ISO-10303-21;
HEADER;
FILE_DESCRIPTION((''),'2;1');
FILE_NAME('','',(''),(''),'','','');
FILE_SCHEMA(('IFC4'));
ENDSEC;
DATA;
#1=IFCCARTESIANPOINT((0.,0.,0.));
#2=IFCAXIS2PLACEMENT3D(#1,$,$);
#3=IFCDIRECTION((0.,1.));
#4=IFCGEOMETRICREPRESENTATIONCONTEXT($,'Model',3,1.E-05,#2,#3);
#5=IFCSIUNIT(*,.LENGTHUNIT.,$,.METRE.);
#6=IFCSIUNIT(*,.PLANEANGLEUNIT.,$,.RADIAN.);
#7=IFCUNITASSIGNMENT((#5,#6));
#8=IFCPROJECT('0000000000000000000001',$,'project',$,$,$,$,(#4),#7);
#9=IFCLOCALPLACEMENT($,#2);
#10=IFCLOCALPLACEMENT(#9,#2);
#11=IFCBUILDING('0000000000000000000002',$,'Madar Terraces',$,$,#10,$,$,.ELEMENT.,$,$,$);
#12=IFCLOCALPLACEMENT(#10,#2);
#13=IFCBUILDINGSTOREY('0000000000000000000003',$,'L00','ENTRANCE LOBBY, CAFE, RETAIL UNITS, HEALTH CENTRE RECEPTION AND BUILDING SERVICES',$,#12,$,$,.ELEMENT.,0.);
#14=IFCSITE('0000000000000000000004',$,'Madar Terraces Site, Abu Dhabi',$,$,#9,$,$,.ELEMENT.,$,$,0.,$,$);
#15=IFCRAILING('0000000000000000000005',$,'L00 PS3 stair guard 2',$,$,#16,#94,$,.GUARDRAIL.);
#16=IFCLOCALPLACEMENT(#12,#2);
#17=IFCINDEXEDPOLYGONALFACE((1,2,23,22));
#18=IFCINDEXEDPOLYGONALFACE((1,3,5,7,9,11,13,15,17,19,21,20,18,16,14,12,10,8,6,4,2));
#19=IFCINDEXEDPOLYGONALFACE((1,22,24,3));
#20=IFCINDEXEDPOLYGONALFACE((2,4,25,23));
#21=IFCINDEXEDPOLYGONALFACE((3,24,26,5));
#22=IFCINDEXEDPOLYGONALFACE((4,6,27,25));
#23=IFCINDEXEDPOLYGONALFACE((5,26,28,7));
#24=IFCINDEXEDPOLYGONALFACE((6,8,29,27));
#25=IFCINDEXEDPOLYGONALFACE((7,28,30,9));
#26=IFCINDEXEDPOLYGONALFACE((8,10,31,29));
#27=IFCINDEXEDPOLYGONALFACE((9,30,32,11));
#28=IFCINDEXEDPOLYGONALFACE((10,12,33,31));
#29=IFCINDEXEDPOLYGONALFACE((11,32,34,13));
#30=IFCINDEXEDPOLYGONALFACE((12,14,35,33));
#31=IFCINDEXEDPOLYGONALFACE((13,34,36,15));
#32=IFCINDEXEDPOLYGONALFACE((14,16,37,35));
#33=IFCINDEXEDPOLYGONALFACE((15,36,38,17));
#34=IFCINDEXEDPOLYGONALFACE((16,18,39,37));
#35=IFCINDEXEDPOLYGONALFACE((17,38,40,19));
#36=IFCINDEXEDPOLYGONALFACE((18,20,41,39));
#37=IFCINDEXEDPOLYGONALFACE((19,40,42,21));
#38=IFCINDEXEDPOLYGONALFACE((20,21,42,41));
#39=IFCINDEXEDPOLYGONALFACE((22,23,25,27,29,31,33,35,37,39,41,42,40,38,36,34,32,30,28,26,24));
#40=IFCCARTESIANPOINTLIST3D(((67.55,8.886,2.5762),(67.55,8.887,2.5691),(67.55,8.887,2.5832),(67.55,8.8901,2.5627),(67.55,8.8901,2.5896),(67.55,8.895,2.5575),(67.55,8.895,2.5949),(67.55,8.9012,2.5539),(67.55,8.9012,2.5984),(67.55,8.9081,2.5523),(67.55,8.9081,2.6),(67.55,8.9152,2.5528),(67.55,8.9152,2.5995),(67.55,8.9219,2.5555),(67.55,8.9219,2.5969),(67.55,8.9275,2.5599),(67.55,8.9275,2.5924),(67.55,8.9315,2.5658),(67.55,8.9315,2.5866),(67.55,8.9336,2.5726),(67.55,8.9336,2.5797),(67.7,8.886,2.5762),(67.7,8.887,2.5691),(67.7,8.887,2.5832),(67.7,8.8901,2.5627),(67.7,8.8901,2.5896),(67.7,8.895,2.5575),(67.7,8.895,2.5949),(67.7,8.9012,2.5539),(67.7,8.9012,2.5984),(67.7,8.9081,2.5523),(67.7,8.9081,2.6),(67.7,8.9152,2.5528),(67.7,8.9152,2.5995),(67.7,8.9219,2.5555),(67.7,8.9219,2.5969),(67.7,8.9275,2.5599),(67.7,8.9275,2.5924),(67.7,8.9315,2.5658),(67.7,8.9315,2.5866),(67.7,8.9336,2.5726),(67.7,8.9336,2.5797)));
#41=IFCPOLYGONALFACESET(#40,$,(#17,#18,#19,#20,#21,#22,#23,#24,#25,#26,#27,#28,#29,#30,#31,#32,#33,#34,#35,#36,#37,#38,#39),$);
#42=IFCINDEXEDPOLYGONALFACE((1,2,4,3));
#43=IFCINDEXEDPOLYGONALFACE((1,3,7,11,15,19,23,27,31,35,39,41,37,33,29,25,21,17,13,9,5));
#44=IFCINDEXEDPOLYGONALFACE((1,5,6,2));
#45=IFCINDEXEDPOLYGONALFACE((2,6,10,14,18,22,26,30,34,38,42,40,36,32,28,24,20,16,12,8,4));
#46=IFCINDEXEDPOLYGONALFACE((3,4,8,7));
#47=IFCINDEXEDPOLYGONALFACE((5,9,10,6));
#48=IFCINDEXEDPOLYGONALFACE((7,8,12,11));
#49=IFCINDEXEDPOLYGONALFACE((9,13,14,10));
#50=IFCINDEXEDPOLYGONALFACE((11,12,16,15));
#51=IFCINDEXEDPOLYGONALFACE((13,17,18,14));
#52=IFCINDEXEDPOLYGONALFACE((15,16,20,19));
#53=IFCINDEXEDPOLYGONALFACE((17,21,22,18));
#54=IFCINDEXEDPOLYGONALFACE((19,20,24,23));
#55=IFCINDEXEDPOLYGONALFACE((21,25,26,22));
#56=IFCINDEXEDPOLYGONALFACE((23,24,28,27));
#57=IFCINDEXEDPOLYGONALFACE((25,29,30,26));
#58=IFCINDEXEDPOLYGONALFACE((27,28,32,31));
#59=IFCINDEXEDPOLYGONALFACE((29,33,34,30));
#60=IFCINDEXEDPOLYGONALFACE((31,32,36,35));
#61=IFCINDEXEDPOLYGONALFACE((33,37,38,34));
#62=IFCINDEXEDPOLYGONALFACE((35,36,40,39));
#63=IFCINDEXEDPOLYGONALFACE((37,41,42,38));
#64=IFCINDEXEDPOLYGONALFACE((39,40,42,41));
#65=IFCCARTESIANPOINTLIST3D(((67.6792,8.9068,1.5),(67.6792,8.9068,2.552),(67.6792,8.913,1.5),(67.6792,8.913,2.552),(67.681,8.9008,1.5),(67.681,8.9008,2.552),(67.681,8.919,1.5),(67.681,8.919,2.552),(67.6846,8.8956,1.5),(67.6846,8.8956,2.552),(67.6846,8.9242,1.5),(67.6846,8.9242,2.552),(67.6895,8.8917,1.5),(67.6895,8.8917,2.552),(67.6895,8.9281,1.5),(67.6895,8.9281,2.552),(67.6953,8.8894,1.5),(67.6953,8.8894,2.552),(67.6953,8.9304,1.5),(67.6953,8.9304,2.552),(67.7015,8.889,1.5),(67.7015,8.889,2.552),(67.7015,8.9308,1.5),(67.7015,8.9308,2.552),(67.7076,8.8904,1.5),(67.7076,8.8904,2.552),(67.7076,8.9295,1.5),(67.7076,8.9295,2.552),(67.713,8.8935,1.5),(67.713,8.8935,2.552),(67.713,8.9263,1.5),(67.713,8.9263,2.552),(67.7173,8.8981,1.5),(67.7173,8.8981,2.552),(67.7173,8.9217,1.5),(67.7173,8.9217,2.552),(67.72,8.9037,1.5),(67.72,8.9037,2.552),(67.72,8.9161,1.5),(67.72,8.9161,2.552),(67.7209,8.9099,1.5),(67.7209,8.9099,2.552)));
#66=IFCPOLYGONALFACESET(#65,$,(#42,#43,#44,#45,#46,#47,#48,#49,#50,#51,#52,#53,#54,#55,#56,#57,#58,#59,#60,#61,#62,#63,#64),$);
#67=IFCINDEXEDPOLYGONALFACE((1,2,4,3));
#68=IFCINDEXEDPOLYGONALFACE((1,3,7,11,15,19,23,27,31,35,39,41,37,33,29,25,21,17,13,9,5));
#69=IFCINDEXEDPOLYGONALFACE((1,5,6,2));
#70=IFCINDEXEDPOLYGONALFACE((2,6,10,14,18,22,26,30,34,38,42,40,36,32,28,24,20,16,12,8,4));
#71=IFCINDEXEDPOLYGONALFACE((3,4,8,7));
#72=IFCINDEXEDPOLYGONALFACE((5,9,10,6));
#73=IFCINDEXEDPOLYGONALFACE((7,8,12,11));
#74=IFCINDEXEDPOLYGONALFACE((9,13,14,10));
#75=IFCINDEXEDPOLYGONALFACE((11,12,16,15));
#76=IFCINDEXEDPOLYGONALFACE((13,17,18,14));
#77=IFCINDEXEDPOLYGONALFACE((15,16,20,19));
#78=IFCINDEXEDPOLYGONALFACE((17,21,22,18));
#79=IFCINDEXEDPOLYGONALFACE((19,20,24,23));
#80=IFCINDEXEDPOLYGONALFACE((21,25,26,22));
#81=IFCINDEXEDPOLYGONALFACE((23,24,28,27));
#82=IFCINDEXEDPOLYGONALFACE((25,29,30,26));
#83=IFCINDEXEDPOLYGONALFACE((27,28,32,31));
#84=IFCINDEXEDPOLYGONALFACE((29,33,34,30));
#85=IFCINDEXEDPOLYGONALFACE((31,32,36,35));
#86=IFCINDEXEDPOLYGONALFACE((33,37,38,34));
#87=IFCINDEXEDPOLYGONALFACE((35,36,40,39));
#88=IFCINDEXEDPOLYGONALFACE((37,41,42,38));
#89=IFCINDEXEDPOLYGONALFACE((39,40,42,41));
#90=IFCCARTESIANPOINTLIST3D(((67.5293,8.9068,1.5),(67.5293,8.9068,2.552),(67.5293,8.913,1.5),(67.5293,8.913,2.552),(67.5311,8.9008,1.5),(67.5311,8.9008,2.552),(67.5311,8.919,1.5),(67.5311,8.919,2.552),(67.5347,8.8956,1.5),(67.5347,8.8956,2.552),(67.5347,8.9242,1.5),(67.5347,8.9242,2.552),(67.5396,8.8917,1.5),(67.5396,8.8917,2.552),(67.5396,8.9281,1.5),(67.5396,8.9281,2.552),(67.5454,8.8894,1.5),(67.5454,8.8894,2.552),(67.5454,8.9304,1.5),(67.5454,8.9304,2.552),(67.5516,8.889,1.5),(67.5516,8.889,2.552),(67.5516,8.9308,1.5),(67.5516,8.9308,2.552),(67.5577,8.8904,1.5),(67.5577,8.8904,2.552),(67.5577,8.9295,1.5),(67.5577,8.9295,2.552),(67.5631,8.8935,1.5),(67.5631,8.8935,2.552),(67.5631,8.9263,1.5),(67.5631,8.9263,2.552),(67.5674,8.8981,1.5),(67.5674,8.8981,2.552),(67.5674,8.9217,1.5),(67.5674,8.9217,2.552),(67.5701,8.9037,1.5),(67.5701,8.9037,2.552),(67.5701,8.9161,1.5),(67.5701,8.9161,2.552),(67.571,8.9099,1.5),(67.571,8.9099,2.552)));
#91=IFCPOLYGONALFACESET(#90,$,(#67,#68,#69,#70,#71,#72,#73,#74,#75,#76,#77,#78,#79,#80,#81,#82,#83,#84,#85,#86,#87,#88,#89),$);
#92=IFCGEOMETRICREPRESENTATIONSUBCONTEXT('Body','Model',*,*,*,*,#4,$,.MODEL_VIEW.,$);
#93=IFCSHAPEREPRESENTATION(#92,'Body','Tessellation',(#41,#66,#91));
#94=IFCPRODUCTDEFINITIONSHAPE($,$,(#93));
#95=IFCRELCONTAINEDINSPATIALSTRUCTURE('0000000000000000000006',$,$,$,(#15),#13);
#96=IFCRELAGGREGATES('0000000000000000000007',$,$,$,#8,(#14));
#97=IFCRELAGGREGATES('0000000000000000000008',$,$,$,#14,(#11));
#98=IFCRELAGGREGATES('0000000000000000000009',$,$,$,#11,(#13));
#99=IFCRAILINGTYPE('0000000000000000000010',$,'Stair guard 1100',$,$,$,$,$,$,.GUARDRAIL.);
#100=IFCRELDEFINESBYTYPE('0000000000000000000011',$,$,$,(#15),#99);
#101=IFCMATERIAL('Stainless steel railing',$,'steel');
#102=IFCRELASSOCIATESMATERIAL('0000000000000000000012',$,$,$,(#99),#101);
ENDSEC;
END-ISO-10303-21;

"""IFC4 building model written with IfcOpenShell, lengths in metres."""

from ifc_helpers import new_model, si_unit, direction, frame, origin, origin_2d, place, context, subcontext, project, spatial, circle, extrude, material, type_object, element, save


model = new_model("IFC4")

# Units and contexts
model_context = context("Model", 3, precision=1e-05, world=origin(), true_north=direction((0.0, 1.0)))
body_context = subcontext(model_context, "Body", "Model", "MODEL_VIEW")
ifc_project = project(units=[si_unit("LENGTHUNIT", "METRE"), si_unit("PLANEANGLEUNIT", "RADIAN")], contexts=[model_context])

# Site, building, storey
site_placement = place(None, origin())
site = spatial("IfcSite", under=ifc_project, at=site_placement, Name="Madar Terraces Site, Abu Dhabi", CompositionType="ELEMENT", RefElevation=0.0)
building_placement = place(site_placement, origin())
building = spatial("IfcBuilding", under=site, at=building_placement, Name="Madar Terraces", CompositionType="ELEMENT")
storey_placement = place(building_placement, origin())
storey = spatial("IfcBuildingStorey", under=building, at=storey_placement, Name="L00", Description="ENTRANCE LOBBY, CAFE, RETAIL UNITS, HEALTH CENTRE RECEPTION AND BUILDING SERVICES", CompositionType="ELEMENT", Elevation=0.0)

# Railing
ifc_material_1 = material(Name="Stainless steel railing", Category="steel")
railing_type_1 = type_object("IfcRailingType", Name="Stair guard 1100", PredefinedType="GUARDRAIL", material=ifc_material_1)
railing_1_placement = place(storey_placement, frame((67.7, 8.9099, 1.5)))
element("IfcRailing", 1, at=railing_1_placement, inside=storey, type_object=railing_type_1, Name="L00 PS3 stair guard 2", PredefinedType="GUARDRAIL", context=body_context, shape_type="SweptSolid", body=[
    extrude(circle(Radius=0.0239, at=origin_2d()), frame((0.0, 0.0, 1.0762), z_axis=(-1.0, 0.0, 0.0), x_axis=(0.0, -1.0, 0.0)), (0.0, 0.0, 1.0), 0.1499),
    extrude(circle(Radius=0.021, at=origin_2d()), origin(), (0.0, 0.0, 1.0), 1.052),
    extrude(circle(Radius=0.021, at=origin_2d()), frame((-0.1499, 0.0, 0.0)), (0.0, 0.0, 1.0), 1.052),
])

save(model, "model.ifc")
